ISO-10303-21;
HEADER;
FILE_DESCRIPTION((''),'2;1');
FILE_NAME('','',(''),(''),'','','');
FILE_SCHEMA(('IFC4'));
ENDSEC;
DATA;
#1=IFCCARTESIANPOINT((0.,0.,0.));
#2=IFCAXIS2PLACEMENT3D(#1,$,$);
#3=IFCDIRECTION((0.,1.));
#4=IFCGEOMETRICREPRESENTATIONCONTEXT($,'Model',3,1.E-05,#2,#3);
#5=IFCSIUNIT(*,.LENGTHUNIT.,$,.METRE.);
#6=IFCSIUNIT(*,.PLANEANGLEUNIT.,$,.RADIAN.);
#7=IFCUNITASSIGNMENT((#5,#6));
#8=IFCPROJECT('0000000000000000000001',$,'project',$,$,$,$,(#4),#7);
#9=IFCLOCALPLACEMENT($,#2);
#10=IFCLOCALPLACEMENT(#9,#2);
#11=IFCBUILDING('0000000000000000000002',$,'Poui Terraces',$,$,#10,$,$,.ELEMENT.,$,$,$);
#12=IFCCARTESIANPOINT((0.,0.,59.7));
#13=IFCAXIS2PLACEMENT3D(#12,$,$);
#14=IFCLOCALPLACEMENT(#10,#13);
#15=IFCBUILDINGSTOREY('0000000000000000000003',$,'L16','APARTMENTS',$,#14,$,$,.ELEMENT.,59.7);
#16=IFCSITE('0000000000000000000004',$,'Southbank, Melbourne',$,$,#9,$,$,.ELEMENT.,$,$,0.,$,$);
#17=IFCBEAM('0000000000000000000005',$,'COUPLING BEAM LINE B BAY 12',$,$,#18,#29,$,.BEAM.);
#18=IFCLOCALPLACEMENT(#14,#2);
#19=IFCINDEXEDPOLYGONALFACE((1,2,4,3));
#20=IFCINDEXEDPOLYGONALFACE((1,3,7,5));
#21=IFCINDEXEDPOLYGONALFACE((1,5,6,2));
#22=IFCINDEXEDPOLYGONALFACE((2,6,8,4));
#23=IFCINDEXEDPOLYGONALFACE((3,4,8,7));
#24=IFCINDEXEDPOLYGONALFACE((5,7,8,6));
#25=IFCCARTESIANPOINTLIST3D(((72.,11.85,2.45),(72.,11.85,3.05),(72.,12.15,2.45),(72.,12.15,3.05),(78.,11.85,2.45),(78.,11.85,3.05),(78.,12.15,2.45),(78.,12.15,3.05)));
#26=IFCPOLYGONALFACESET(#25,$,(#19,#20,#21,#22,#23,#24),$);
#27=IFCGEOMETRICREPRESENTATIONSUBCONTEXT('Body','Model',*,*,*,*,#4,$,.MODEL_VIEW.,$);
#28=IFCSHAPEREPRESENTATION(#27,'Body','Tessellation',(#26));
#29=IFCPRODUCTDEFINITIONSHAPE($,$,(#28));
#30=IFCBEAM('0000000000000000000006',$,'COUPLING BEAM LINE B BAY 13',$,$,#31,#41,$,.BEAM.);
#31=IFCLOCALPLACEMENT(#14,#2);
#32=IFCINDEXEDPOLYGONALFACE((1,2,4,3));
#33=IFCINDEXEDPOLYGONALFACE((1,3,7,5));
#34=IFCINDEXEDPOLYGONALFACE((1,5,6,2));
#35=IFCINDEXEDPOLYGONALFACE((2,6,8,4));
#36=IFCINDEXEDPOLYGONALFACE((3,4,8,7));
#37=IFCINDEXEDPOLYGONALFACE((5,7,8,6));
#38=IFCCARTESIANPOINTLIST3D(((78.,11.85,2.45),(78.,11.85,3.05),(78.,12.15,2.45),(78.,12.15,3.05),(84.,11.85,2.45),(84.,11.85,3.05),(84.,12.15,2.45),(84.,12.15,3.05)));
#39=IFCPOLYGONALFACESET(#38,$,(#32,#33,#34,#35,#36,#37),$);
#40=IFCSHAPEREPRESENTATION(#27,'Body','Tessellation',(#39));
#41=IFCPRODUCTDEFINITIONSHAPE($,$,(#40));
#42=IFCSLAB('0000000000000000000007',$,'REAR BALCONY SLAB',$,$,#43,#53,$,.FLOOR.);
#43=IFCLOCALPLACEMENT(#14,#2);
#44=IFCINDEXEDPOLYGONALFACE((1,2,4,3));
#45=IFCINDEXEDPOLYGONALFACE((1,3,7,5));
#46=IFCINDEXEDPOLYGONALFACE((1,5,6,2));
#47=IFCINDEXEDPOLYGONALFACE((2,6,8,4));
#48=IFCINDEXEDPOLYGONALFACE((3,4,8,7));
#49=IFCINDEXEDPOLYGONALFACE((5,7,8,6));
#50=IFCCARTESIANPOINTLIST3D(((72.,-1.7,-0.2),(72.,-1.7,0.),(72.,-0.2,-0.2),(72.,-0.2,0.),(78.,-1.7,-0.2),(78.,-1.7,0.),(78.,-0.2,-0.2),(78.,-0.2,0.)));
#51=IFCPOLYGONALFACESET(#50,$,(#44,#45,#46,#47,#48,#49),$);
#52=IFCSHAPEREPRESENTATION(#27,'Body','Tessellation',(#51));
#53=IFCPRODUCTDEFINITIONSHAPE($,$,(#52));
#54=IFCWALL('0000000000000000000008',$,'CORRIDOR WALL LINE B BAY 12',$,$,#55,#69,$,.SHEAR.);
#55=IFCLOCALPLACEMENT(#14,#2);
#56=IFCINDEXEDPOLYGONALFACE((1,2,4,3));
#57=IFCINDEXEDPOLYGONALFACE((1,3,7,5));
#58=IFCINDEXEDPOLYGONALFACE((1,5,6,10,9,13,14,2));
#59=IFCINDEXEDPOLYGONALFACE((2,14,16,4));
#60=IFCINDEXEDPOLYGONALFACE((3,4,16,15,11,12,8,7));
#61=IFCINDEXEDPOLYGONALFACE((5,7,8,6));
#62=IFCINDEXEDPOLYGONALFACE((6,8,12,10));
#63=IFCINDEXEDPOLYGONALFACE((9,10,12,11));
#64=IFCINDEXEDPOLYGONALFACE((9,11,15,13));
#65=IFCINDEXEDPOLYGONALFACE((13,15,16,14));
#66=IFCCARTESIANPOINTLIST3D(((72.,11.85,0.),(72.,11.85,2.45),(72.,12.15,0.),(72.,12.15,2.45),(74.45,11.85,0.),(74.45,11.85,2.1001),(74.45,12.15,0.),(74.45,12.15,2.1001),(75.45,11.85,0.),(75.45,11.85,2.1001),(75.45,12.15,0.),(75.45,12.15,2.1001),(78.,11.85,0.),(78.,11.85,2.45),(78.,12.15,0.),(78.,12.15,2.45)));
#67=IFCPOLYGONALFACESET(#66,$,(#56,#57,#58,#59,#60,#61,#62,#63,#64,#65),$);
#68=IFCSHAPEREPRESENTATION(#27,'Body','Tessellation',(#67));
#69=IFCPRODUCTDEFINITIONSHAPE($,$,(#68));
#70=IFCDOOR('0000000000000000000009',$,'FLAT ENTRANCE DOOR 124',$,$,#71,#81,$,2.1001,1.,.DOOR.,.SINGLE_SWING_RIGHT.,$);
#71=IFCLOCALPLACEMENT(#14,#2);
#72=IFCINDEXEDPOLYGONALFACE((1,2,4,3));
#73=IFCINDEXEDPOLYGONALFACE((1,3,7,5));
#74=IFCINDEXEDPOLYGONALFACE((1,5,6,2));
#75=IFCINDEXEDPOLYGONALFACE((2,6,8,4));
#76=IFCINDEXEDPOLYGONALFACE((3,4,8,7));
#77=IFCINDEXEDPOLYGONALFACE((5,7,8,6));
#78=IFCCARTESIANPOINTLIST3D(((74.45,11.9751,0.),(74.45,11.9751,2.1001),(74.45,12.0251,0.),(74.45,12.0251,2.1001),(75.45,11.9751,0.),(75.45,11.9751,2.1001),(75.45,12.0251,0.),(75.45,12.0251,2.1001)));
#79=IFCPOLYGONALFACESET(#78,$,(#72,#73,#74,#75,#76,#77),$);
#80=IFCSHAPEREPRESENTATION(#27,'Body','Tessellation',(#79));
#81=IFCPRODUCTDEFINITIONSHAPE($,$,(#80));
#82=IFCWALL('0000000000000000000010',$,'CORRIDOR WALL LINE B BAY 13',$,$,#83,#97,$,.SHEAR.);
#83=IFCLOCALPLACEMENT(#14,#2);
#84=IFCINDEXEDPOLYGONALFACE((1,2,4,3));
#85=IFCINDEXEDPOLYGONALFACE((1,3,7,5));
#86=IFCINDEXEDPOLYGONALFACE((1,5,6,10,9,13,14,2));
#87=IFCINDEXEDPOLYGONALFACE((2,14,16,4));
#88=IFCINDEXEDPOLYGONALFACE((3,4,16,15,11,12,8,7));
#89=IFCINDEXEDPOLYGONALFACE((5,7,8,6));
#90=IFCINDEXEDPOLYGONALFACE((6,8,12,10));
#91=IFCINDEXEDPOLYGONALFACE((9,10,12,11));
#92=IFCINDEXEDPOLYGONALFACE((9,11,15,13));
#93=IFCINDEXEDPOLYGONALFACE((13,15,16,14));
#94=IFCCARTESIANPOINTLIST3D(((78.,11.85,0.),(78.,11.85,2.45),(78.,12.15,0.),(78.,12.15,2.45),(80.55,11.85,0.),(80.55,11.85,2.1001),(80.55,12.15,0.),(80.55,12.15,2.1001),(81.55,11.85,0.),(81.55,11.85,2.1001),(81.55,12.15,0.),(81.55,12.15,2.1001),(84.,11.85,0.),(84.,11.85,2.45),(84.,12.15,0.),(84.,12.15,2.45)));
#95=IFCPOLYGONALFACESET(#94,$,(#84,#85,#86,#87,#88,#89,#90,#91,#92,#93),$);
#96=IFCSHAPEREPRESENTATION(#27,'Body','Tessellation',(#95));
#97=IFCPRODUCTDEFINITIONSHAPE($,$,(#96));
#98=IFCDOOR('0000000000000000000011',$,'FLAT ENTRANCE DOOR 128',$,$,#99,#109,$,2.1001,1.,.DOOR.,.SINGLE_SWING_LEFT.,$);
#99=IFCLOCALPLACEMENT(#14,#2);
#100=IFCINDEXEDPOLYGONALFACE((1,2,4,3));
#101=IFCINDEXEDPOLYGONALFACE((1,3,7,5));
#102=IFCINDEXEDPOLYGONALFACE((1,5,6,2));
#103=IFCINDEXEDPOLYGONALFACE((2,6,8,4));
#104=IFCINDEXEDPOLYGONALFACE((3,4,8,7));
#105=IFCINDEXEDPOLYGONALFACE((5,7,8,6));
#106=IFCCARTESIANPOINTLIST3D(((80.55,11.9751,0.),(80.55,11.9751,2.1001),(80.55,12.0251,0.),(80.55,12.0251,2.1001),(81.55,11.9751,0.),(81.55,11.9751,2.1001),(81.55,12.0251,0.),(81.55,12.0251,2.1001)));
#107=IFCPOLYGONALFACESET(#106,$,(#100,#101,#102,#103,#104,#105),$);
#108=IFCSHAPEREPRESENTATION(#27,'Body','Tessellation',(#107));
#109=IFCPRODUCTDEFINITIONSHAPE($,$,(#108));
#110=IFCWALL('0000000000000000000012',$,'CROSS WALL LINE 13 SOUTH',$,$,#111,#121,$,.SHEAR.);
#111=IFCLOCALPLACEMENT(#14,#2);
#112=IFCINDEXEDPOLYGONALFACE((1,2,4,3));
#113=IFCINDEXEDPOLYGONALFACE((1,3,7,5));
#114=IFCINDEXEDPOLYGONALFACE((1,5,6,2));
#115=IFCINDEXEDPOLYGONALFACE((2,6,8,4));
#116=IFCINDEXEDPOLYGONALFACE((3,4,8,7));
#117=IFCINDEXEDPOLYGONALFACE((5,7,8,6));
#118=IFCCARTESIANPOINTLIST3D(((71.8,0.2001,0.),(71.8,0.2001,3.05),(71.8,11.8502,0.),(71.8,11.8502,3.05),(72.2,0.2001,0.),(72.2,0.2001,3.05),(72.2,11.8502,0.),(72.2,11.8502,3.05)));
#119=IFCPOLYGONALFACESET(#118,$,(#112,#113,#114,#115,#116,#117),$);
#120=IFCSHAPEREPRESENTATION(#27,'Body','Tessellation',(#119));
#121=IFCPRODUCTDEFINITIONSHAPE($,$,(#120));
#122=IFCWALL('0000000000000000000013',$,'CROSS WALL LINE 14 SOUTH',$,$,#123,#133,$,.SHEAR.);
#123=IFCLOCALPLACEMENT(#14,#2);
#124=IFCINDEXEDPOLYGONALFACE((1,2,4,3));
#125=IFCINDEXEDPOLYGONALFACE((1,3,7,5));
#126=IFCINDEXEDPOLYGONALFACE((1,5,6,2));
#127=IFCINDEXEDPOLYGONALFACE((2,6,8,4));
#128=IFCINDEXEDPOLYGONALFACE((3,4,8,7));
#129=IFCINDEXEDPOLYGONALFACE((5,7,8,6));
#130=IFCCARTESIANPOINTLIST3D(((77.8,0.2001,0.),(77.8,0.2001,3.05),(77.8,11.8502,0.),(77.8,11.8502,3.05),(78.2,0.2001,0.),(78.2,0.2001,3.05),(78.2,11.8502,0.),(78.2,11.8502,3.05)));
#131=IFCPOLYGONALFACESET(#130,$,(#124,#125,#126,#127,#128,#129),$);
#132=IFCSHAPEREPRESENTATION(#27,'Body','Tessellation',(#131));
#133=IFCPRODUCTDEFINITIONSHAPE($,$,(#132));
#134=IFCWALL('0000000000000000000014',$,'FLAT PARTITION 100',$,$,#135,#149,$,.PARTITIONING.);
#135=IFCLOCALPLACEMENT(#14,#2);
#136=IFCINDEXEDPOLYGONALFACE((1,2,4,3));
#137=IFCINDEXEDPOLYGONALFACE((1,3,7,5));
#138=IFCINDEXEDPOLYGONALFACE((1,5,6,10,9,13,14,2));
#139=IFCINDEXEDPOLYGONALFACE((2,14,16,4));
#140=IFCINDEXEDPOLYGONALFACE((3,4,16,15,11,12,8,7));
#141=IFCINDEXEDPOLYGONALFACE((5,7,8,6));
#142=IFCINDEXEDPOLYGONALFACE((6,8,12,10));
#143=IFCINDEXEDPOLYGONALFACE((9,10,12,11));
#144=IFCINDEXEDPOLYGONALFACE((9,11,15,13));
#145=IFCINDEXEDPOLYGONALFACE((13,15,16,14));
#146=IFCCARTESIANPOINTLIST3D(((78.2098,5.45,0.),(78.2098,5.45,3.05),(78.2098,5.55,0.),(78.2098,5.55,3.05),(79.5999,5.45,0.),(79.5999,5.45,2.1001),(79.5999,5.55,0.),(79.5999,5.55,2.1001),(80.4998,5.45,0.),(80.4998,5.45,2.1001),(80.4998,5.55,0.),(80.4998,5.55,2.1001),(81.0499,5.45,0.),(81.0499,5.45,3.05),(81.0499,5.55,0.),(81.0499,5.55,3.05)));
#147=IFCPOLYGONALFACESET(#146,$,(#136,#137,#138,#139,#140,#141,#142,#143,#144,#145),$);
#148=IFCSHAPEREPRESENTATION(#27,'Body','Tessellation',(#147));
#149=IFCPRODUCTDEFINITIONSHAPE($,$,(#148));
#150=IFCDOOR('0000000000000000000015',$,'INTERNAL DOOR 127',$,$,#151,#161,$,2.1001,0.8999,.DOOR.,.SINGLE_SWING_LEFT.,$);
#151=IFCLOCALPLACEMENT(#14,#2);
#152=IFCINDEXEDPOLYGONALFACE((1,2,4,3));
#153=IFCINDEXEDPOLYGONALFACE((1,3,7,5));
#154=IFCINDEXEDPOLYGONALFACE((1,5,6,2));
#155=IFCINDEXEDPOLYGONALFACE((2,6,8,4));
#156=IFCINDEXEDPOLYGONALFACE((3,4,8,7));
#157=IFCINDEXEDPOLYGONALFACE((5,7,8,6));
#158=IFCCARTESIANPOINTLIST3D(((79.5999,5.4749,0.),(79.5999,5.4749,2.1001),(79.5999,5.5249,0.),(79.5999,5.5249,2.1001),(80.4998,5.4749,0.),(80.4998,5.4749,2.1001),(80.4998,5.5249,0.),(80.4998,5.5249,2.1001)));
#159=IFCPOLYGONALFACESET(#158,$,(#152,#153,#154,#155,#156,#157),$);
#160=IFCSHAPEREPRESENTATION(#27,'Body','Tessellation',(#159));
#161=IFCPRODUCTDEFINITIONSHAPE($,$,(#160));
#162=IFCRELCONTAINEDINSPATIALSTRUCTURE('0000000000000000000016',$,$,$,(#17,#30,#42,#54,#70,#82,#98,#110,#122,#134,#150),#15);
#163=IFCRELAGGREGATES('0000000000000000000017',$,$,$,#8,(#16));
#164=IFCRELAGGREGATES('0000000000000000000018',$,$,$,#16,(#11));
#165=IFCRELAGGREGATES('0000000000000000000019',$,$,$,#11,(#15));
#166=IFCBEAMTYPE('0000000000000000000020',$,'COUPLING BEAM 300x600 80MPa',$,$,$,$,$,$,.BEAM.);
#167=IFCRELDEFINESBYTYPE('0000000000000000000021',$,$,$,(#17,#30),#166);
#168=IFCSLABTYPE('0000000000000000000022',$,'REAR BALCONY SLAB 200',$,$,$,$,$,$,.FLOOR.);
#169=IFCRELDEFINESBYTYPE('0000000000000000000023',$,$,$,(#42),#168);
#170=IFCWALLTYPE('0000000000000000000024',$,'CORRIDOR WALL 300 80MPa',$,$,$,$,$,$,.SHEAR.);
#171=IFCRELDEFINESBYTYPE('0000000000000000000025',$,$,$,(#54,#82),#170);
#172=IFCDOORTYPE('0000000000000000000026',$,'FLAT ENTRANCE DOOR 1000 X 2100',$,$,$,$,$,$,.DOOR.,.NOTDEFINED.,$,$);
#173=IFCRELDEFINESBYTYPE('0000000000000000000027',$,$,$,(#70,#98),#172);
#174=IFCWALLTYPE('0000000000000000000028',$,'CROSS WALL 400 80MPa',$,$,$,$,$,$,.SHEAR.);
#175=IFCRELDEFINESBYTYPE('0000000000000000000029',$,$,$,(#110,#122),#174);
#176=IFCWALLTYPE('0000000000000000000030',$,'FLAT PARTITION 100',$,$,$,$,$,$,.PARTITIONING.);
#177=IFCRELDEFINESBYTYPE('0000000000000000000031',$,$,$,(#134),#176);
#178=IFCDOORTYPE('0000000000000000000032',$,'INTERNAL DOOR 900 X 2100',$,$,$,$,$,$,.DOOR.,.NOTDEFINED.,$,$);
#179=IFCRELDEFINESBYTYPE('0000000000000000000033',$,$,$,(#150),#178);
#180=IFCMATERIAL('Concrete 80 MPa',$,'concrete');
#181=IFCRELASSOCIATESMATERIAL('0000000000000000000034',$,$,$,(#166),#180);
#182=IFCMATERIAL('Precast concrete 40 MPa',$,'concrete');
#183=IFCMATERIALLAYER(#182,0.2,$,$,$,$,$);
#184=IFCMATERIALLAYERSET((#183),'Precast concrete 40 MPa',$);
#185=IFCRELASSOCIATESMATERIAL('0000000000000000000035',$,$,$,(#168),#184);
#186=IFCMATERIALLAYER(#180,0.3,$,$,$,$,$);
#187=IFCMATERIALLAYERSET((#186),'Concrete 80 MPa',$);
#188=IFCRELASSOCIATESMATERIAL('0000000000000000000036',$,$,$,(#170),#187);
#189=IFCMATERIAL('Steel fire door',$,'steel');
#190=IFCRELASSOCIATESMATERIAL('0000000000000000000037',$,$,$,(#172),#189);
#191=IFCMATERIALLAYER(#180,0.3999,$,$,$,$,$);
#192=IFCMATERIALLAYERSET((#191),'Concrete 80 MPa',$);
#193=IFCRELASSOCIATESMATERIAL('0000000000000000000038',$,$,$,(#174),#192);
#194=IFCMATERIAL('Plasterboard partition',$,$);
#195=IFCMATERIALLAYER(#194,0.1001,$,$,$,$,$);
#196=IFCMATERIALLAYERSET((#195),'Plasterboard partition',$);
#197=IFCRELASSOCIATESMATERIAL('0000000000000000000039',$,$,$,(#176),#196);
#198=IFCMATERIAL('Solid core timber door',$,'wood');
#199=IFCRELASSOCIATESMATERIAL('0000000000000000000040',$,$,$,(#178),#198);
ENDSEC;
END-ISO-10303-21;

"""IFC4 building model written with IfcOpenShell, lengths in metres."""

from ifc_helpers import new_model, si_unit, direction, frame, frame_2d, origin, origin_2d, place, context, subcontext, project, spatial, polyline, rectangle, outline, extrude, source, transform, mapped, material, layer, layer_set, material_profile, profile_set, type_object, element, fill, save


model = new_model("IFC4")

# Units and contexts
model_context = context("Model", 3, precision=1e-05, world=origin(), true_north=direction((0.0, 1.0)))
body_context = subcontext(model_context, "Body", "Model", "MODEL_VIEW")
ifc_project = project(units=[si_unit("LENGTHUNIT", "METRE"), si_unit("PLANEANGLEUNIT", "RADIAN")], contexts=[model_context])

# Site, building, storey
site_placement = place(None, origin())
site = spatial("IfcSite", under=ifc_project, at=site_placement, Name="Southbank, Melbourne", CompositionType="ELEMENT", RefElevation=0.0)
building_placement = place(site_placement, origin())
building = spatial("IfcBuilding", under=site, at=building_placement, Name="Poui Terraces", CompositionType="ELEMENT")
storey_placement = place(building_placement, frame((0.0, 0.0, 59.7)))
storey = spatial("IfcBuildingStorey", under=building, at=storey_placement, Name="L16", Description="APARTMENTS", CompositionType="ELEMENT", Elevation=59.7)

# Beams
ifc_material_1 = material(Name="Concrete 80 MPa", Category="concrete")
ifc_material_profile_1 = material_profile(ifc_material_1, rectangle(XDim=0.3, YDim=0.6001, at=origin_2d()), Name="RC 300x600")
ifc_profile_set_1 = profile_set([ifc_material_profile_1], Name="Concrete 80 MPa")
beam_type = type_object("IfcBeamType", Name="COUPLING BEAM 300x600 80MPa", PredefinedType="BEAM", material=ifc_profile_set_1)
shared_shape_1 = source(origin(), body_context, "Body", "SweptSolid", [
    extrude(rectangle(XDim=0.3, YDim=0.6001, at=origin_2d()), origin(), (0.0, 0.0, 1.0), 6.0),
])
for number, where, z_axis, x_axis, name in (
    (1, (72.0, 12.0, 2.75), (1.0, 0.0, 0.0), (0.0, 1.0, 0.0), "COUPLING BEAM LINE B BAY 12"),
    (2, (78.0, 12.0, 2.75), (1.0, 0.0, 0.0), (0.0, 1.0, 0.0), "COUPLING BEAM LINE B BAY 13"),
):
    element("IfcBeam", number, at=place(storey_placement, frame(where, z_axis=z_axis, x_axis=x_axis)), inside=storey, type_object=beam_type, Name=name, PredefinedType="BEAM", context=body_context, shape_type="MappedRepresentation", body=[
        mapped(shared_shape_1, transform((0.0, 0.0, 0.0))),
    ])

# Slab
ifc_material_2 = material(Name="Precast concrete 40 MPa", Category="concrete")
ifc_layer_1 = layer(ifc_material_2, 0.2)
ifc_layer_set_1 = layer_set([ifc_layer_1], Name="Precast concrete 40 MPa")
slab_type = type_object("IfcSlabType", Name="REAR BALCONY SLAB 200", PredefinedType="FLOOR", material=ifc_layer_set_1)
shared_shape_2 = source(origin(), body_context, "Body", "SweptSolid", [
    extrude(outline(polyline([(0.0, 0.0), (6.0, 0.0), (6.0, 1.5), (0.0, 1.5), (0.0, 0.0)])), origin(), (0.0, 0.0, 1.0), 0.2),
])
slab_placement = place(storey_placement, frame((72.0, -1.7, -0.2)))
element("IfcSlab", 3, at=slab_placement, inside=storey, type_object=slab_type, Name="REAR BALCONY SLAB", PredefinedType="FLOOR", context=body_context, shape_type="MappedRepresentation", body=[
    mapped(shared_shape_2, transform((0.0, 0.0, 0.0))),
])

# Walls, openings, doors
ifc_layer_2 = layer(ifc_material_1, 0.3)
ifc_layer_set_2 = layer_set([ifc_layer_2], Name="Concrete 80 MPa")
wall_type_1 = type_object("IfcWallType", Name="CORRIDOR WALL 300 80MPa", PredefinedType="SHEAR", material=ifc_layer_set_2)
wall_1_placement = place(storey_placement, frame((72.0, 12.0, 0.0), z_axis=(0.0, 0.0, 1.0), x_axis=(1.0, 0.0, 0.0)))
wall_1 = element("IfcWall", 4, at=wall_1_placement, inside=storey, type_object=wall_type_1, Name="CORRIDOR WALL LINE B BAY 12", PredefinedType="SHEAR", context=body_context, shape_type="SweptSolid", body=[
    extrude(rectangle(XDim=6.0, YDim=0.3, at=frame_2d((3.0, 0.0))), origin(), (0.0, 0.0, 1.0), 2.45),
])
opening_1_placement = place(wall_1_placement, frame((2.45, 0.0, 0.0)))
opening_1 = element("IfcOpeningElement", 5, at=opening_1_placement, cuts=wall_1, PredefinedType="OPENING", context=body_context, shape_type="SweptSolid", body=[
    extrude(rectangle(XDim=1.0, YDim=2.1001, at=frame_2d((0.5, 1.05))), frame((0.0, 0.1602, 0.0), z_axis=(0.0, -1.0, 0.0), x_axis=(1.0, 0.0, 0.0)), (0.0, 0.0, 1.0), 0.3201),
])
ifc_material_3 = material(Name="Steel fire door", Category="steel")
door_type_1 = type_object("IfcDoorType", Name="FLAT ENTRANCE DOOR 1000 X 2100", OperationType="NOTDEFINED", PredefinedType="DOOR", material=ifc_material_3)
door_1_placement = place(opening_1_placement, frame((1.0, 0.0, 0.0), z_axis=(0.0, 0.0, 1.0), x_axis=(-1.0, 0.0, 0.0)))
door_1 = element("IfcDoor", 6, at=door_1_placement, inside=storey, type_object=door_type_1, Name="FLAT ENTRANCE DOOR 124", OperationType="SINGLE_SWING_RIGHT", OverallHeight=2.1001, OverallWidth=1.0, PredefinedType="DOOR", context=body_context, shape_type="SweptSolid", body=[
    extrude(rectangle(XDim=1.0, YDim=2.1001, at=frame_2d((0.5, 1.05))), frame((0.0, 0.0249, 0.0), z_axis=(0.0, -1.0, 0.0), x_axis=(1.0, 0.0, 0.0)), (0.0, 0.0, 1.0), 0.05),
])
fill(opening_1, door_1)
wall_2_placement = place(storey_placement, frame((78.0, 12.0, 0.0), z_axis=(0.0, 0.0, 1.0), x_axis=(1.0, 0.0, 0.0)))
wall_2 = element("IfcWall", 7, at=wall_2_placement, inside=storey, type_object=wall_type_1, Name="CORRIDOR WALL LINE B BAY 13", PredefinedType="SHEAR", context=body_context, shape_type="SweptSolid", body=[
    extrude(rectangle(XDim=6.0, YDim=0.3, at=frame_2d((3.0, 0.0))), origin(), (0.0, 0.0, 1.0), 2.45),
])
opening_2_placement = place(wall_2_placement, frame((2.55, 0.0, 0.0)))
opening_2 = element("IfcOpeningElement", 8, at=opening_2_placement, cuts=wall_2, PredefinedType="OPENING", context=body_context, shape_type="SweptSolid", body=[
    extrude(rectangle(XDim=1.0, YDim=2.1001, at=frame_2d((0.5, 1.05))), frame((0.0, 0.1602, 0.0), z_axis=(0.0, -1.0, 0.0), x_axis=(1.0, 0.0, 0.0)), (0.0, 0.0, 1.0), 0.3201),
])
door_2_placement = place(opening_2_placement, frame((1.0, 0.0, 0.0), z_axis=(0.0, 0.0, 1.0), x_axis=(-1.0, 0.0, 0.0)))
door_2 = element("IfcDoor", 9, at=door_2_placement, inside=storey, type_object=door_type_1, Name="FLAT ENTRANCE DOOR 128", OperationType="SINGLE_SWING_LEFT", OverallHeight=2.1001, OverallWidth=1.0, PredefinedType="DOOR", context=body_context, shape_type="SweptSolid", body=[
    extrude(rectangle(XDim=1.0, YDim=2.1001, at=frame_2d((0.5, 1.05))), frame((0.0, 0.0249, 0.0), z_axis=(0.0, -1.0, 0.0), x_axis=(1.0, 0.0, 0.0)), (0.0, 0.0, 1.0), 0.05),
])
fill(opening_2, door_2)

# Walls
ifc_layer_3 = layer(ifc_material_1, 0.3999)
ifc_layer_set_3 = layer_set([ifc_layer_3], Name="Concrete 80 MPa")
wall_type_2 = type_object("IfcWallType", Name="CROSS WALL 400 80MPa", PredefinedType="SHEAR", material=ifc_layer_set_3)
for number, where, z_axis, x_axis, name in (
    (10, (72.0, 0.2, 0.0), (0.0, 0.0, 1.0), (0.0, 1.0, 0.0), "CROSS WALL LINE 13 SOUTH"),
    (11, (78.0, 0.2, 0.0), (0.0, 0.0, 1.0), (0.0, 1.0, 0.0), "CROSS WALL LINE 14 SOUTH"),
):
    element("IfcWall", number, at=place(storey_placement, frame(where, z_axis=z_axis, x_axis=x_axis)), inside=storey, type_object=wall_type_2, Name=name, PredefinedType="SHEAR", context=body_context, shape_type="SweptSolid", body=[
        extrude(rectangle(XDim=11.6501, YDim=0.3999, at=frame_2d((5.8252, 0.0))), origin(), (0.0, 0.0, 1.0), 3.05),
    ])

# Wall, opening, door
ifc_material_4 = material(Name="Plasterboard partition")
ifc_layer_4 = layer(ifc_material_4, 0.1001)
ifc_layer_set_4 = layer_set([ifc_layer_4], Name="Plasterboard partition")
wall_type_3 = type_object("IfcWallType", Name="FLAT PARTITION 100", PredefinedType="PARTITIONING", material=ifc_layer_set_4)
wall_3_placement = place(storey_placement, frame((78.21, 5.5, 0.0), z_axis=(0.0, 0.0, 1.0), x_axis=(1.0, 0.0, 0.0)))
wall_3 = element("IfcWall", 12, at=wall_3_placement, inside=storey, type_object=wall_type_3, Name="FLAT PARTITION 100", PredefinedType="PARTITIONING", context=body_context, shape_type="SweptSolid", body=[
    extrude(rectangle(XDim=2.8401, YDim=0.1001, at=frame_2d((1.4199, 0.0))), origin(), (0.0, 0.0, 1.0), 3.05),
])
opening_3_placement = place(wall_3_placement, frame((1.3899, 0.0, 0.0)))
opening_3 = element("IfcOpeningElement", 13, at=opening_3_placement, cuts=wall_3, PredefinedType="OPENING", context=body_context, shape_type="SweptSolid", body=[
    extrude(rectangle(XDim=0.8999, YDim=2.1001, at=frame_2d((0.45, 1.05))), frame((0.0, 0.0601, 0.0), z_axis=(0.0, -1.0, 0.0), x_axis=(1.0, 0.0, 0.0)), (0.0, 0.0, 1.0), 0.1201),
])
ifc_material_5 = material(Name="Solid core timber door", Category="wood")
door_type_2 = type_object("IfcDoorType", Name="INTERNAL DOOR 900 X 2100", OperationType="NOTDEFINED", PredefinedType="DOOR", material=ifc_material_5)
door_3_placement = place(opening_3_placement, origin())
door_3 = element("IfcDoor", 14, at=door_3_placement, inside=storey, type_object=door_type_2, Name="INTERNAL DOOR 127", OperationType="SINGLE_SWING_LEFT", OverallHeight=2.1001, OverallWidth=0.8999, PredefinedType="DOOR", context=body_context, shape_type="SweptSolid", body=[
    extrude(rectangle(XDim=0.8999, YDim=2.1001, at=frame_2d((0.45, 1.05))), frame((0.0, 0.0249, 0.0), z_axis=(0.0, -1.0, 0.0), x_axis=(1.0, 0.0, 0.0)), (0.0, 0.0, 1.0), 0.05),
])
fill(opening_3, door_3)

save(model, "model.ifc")
